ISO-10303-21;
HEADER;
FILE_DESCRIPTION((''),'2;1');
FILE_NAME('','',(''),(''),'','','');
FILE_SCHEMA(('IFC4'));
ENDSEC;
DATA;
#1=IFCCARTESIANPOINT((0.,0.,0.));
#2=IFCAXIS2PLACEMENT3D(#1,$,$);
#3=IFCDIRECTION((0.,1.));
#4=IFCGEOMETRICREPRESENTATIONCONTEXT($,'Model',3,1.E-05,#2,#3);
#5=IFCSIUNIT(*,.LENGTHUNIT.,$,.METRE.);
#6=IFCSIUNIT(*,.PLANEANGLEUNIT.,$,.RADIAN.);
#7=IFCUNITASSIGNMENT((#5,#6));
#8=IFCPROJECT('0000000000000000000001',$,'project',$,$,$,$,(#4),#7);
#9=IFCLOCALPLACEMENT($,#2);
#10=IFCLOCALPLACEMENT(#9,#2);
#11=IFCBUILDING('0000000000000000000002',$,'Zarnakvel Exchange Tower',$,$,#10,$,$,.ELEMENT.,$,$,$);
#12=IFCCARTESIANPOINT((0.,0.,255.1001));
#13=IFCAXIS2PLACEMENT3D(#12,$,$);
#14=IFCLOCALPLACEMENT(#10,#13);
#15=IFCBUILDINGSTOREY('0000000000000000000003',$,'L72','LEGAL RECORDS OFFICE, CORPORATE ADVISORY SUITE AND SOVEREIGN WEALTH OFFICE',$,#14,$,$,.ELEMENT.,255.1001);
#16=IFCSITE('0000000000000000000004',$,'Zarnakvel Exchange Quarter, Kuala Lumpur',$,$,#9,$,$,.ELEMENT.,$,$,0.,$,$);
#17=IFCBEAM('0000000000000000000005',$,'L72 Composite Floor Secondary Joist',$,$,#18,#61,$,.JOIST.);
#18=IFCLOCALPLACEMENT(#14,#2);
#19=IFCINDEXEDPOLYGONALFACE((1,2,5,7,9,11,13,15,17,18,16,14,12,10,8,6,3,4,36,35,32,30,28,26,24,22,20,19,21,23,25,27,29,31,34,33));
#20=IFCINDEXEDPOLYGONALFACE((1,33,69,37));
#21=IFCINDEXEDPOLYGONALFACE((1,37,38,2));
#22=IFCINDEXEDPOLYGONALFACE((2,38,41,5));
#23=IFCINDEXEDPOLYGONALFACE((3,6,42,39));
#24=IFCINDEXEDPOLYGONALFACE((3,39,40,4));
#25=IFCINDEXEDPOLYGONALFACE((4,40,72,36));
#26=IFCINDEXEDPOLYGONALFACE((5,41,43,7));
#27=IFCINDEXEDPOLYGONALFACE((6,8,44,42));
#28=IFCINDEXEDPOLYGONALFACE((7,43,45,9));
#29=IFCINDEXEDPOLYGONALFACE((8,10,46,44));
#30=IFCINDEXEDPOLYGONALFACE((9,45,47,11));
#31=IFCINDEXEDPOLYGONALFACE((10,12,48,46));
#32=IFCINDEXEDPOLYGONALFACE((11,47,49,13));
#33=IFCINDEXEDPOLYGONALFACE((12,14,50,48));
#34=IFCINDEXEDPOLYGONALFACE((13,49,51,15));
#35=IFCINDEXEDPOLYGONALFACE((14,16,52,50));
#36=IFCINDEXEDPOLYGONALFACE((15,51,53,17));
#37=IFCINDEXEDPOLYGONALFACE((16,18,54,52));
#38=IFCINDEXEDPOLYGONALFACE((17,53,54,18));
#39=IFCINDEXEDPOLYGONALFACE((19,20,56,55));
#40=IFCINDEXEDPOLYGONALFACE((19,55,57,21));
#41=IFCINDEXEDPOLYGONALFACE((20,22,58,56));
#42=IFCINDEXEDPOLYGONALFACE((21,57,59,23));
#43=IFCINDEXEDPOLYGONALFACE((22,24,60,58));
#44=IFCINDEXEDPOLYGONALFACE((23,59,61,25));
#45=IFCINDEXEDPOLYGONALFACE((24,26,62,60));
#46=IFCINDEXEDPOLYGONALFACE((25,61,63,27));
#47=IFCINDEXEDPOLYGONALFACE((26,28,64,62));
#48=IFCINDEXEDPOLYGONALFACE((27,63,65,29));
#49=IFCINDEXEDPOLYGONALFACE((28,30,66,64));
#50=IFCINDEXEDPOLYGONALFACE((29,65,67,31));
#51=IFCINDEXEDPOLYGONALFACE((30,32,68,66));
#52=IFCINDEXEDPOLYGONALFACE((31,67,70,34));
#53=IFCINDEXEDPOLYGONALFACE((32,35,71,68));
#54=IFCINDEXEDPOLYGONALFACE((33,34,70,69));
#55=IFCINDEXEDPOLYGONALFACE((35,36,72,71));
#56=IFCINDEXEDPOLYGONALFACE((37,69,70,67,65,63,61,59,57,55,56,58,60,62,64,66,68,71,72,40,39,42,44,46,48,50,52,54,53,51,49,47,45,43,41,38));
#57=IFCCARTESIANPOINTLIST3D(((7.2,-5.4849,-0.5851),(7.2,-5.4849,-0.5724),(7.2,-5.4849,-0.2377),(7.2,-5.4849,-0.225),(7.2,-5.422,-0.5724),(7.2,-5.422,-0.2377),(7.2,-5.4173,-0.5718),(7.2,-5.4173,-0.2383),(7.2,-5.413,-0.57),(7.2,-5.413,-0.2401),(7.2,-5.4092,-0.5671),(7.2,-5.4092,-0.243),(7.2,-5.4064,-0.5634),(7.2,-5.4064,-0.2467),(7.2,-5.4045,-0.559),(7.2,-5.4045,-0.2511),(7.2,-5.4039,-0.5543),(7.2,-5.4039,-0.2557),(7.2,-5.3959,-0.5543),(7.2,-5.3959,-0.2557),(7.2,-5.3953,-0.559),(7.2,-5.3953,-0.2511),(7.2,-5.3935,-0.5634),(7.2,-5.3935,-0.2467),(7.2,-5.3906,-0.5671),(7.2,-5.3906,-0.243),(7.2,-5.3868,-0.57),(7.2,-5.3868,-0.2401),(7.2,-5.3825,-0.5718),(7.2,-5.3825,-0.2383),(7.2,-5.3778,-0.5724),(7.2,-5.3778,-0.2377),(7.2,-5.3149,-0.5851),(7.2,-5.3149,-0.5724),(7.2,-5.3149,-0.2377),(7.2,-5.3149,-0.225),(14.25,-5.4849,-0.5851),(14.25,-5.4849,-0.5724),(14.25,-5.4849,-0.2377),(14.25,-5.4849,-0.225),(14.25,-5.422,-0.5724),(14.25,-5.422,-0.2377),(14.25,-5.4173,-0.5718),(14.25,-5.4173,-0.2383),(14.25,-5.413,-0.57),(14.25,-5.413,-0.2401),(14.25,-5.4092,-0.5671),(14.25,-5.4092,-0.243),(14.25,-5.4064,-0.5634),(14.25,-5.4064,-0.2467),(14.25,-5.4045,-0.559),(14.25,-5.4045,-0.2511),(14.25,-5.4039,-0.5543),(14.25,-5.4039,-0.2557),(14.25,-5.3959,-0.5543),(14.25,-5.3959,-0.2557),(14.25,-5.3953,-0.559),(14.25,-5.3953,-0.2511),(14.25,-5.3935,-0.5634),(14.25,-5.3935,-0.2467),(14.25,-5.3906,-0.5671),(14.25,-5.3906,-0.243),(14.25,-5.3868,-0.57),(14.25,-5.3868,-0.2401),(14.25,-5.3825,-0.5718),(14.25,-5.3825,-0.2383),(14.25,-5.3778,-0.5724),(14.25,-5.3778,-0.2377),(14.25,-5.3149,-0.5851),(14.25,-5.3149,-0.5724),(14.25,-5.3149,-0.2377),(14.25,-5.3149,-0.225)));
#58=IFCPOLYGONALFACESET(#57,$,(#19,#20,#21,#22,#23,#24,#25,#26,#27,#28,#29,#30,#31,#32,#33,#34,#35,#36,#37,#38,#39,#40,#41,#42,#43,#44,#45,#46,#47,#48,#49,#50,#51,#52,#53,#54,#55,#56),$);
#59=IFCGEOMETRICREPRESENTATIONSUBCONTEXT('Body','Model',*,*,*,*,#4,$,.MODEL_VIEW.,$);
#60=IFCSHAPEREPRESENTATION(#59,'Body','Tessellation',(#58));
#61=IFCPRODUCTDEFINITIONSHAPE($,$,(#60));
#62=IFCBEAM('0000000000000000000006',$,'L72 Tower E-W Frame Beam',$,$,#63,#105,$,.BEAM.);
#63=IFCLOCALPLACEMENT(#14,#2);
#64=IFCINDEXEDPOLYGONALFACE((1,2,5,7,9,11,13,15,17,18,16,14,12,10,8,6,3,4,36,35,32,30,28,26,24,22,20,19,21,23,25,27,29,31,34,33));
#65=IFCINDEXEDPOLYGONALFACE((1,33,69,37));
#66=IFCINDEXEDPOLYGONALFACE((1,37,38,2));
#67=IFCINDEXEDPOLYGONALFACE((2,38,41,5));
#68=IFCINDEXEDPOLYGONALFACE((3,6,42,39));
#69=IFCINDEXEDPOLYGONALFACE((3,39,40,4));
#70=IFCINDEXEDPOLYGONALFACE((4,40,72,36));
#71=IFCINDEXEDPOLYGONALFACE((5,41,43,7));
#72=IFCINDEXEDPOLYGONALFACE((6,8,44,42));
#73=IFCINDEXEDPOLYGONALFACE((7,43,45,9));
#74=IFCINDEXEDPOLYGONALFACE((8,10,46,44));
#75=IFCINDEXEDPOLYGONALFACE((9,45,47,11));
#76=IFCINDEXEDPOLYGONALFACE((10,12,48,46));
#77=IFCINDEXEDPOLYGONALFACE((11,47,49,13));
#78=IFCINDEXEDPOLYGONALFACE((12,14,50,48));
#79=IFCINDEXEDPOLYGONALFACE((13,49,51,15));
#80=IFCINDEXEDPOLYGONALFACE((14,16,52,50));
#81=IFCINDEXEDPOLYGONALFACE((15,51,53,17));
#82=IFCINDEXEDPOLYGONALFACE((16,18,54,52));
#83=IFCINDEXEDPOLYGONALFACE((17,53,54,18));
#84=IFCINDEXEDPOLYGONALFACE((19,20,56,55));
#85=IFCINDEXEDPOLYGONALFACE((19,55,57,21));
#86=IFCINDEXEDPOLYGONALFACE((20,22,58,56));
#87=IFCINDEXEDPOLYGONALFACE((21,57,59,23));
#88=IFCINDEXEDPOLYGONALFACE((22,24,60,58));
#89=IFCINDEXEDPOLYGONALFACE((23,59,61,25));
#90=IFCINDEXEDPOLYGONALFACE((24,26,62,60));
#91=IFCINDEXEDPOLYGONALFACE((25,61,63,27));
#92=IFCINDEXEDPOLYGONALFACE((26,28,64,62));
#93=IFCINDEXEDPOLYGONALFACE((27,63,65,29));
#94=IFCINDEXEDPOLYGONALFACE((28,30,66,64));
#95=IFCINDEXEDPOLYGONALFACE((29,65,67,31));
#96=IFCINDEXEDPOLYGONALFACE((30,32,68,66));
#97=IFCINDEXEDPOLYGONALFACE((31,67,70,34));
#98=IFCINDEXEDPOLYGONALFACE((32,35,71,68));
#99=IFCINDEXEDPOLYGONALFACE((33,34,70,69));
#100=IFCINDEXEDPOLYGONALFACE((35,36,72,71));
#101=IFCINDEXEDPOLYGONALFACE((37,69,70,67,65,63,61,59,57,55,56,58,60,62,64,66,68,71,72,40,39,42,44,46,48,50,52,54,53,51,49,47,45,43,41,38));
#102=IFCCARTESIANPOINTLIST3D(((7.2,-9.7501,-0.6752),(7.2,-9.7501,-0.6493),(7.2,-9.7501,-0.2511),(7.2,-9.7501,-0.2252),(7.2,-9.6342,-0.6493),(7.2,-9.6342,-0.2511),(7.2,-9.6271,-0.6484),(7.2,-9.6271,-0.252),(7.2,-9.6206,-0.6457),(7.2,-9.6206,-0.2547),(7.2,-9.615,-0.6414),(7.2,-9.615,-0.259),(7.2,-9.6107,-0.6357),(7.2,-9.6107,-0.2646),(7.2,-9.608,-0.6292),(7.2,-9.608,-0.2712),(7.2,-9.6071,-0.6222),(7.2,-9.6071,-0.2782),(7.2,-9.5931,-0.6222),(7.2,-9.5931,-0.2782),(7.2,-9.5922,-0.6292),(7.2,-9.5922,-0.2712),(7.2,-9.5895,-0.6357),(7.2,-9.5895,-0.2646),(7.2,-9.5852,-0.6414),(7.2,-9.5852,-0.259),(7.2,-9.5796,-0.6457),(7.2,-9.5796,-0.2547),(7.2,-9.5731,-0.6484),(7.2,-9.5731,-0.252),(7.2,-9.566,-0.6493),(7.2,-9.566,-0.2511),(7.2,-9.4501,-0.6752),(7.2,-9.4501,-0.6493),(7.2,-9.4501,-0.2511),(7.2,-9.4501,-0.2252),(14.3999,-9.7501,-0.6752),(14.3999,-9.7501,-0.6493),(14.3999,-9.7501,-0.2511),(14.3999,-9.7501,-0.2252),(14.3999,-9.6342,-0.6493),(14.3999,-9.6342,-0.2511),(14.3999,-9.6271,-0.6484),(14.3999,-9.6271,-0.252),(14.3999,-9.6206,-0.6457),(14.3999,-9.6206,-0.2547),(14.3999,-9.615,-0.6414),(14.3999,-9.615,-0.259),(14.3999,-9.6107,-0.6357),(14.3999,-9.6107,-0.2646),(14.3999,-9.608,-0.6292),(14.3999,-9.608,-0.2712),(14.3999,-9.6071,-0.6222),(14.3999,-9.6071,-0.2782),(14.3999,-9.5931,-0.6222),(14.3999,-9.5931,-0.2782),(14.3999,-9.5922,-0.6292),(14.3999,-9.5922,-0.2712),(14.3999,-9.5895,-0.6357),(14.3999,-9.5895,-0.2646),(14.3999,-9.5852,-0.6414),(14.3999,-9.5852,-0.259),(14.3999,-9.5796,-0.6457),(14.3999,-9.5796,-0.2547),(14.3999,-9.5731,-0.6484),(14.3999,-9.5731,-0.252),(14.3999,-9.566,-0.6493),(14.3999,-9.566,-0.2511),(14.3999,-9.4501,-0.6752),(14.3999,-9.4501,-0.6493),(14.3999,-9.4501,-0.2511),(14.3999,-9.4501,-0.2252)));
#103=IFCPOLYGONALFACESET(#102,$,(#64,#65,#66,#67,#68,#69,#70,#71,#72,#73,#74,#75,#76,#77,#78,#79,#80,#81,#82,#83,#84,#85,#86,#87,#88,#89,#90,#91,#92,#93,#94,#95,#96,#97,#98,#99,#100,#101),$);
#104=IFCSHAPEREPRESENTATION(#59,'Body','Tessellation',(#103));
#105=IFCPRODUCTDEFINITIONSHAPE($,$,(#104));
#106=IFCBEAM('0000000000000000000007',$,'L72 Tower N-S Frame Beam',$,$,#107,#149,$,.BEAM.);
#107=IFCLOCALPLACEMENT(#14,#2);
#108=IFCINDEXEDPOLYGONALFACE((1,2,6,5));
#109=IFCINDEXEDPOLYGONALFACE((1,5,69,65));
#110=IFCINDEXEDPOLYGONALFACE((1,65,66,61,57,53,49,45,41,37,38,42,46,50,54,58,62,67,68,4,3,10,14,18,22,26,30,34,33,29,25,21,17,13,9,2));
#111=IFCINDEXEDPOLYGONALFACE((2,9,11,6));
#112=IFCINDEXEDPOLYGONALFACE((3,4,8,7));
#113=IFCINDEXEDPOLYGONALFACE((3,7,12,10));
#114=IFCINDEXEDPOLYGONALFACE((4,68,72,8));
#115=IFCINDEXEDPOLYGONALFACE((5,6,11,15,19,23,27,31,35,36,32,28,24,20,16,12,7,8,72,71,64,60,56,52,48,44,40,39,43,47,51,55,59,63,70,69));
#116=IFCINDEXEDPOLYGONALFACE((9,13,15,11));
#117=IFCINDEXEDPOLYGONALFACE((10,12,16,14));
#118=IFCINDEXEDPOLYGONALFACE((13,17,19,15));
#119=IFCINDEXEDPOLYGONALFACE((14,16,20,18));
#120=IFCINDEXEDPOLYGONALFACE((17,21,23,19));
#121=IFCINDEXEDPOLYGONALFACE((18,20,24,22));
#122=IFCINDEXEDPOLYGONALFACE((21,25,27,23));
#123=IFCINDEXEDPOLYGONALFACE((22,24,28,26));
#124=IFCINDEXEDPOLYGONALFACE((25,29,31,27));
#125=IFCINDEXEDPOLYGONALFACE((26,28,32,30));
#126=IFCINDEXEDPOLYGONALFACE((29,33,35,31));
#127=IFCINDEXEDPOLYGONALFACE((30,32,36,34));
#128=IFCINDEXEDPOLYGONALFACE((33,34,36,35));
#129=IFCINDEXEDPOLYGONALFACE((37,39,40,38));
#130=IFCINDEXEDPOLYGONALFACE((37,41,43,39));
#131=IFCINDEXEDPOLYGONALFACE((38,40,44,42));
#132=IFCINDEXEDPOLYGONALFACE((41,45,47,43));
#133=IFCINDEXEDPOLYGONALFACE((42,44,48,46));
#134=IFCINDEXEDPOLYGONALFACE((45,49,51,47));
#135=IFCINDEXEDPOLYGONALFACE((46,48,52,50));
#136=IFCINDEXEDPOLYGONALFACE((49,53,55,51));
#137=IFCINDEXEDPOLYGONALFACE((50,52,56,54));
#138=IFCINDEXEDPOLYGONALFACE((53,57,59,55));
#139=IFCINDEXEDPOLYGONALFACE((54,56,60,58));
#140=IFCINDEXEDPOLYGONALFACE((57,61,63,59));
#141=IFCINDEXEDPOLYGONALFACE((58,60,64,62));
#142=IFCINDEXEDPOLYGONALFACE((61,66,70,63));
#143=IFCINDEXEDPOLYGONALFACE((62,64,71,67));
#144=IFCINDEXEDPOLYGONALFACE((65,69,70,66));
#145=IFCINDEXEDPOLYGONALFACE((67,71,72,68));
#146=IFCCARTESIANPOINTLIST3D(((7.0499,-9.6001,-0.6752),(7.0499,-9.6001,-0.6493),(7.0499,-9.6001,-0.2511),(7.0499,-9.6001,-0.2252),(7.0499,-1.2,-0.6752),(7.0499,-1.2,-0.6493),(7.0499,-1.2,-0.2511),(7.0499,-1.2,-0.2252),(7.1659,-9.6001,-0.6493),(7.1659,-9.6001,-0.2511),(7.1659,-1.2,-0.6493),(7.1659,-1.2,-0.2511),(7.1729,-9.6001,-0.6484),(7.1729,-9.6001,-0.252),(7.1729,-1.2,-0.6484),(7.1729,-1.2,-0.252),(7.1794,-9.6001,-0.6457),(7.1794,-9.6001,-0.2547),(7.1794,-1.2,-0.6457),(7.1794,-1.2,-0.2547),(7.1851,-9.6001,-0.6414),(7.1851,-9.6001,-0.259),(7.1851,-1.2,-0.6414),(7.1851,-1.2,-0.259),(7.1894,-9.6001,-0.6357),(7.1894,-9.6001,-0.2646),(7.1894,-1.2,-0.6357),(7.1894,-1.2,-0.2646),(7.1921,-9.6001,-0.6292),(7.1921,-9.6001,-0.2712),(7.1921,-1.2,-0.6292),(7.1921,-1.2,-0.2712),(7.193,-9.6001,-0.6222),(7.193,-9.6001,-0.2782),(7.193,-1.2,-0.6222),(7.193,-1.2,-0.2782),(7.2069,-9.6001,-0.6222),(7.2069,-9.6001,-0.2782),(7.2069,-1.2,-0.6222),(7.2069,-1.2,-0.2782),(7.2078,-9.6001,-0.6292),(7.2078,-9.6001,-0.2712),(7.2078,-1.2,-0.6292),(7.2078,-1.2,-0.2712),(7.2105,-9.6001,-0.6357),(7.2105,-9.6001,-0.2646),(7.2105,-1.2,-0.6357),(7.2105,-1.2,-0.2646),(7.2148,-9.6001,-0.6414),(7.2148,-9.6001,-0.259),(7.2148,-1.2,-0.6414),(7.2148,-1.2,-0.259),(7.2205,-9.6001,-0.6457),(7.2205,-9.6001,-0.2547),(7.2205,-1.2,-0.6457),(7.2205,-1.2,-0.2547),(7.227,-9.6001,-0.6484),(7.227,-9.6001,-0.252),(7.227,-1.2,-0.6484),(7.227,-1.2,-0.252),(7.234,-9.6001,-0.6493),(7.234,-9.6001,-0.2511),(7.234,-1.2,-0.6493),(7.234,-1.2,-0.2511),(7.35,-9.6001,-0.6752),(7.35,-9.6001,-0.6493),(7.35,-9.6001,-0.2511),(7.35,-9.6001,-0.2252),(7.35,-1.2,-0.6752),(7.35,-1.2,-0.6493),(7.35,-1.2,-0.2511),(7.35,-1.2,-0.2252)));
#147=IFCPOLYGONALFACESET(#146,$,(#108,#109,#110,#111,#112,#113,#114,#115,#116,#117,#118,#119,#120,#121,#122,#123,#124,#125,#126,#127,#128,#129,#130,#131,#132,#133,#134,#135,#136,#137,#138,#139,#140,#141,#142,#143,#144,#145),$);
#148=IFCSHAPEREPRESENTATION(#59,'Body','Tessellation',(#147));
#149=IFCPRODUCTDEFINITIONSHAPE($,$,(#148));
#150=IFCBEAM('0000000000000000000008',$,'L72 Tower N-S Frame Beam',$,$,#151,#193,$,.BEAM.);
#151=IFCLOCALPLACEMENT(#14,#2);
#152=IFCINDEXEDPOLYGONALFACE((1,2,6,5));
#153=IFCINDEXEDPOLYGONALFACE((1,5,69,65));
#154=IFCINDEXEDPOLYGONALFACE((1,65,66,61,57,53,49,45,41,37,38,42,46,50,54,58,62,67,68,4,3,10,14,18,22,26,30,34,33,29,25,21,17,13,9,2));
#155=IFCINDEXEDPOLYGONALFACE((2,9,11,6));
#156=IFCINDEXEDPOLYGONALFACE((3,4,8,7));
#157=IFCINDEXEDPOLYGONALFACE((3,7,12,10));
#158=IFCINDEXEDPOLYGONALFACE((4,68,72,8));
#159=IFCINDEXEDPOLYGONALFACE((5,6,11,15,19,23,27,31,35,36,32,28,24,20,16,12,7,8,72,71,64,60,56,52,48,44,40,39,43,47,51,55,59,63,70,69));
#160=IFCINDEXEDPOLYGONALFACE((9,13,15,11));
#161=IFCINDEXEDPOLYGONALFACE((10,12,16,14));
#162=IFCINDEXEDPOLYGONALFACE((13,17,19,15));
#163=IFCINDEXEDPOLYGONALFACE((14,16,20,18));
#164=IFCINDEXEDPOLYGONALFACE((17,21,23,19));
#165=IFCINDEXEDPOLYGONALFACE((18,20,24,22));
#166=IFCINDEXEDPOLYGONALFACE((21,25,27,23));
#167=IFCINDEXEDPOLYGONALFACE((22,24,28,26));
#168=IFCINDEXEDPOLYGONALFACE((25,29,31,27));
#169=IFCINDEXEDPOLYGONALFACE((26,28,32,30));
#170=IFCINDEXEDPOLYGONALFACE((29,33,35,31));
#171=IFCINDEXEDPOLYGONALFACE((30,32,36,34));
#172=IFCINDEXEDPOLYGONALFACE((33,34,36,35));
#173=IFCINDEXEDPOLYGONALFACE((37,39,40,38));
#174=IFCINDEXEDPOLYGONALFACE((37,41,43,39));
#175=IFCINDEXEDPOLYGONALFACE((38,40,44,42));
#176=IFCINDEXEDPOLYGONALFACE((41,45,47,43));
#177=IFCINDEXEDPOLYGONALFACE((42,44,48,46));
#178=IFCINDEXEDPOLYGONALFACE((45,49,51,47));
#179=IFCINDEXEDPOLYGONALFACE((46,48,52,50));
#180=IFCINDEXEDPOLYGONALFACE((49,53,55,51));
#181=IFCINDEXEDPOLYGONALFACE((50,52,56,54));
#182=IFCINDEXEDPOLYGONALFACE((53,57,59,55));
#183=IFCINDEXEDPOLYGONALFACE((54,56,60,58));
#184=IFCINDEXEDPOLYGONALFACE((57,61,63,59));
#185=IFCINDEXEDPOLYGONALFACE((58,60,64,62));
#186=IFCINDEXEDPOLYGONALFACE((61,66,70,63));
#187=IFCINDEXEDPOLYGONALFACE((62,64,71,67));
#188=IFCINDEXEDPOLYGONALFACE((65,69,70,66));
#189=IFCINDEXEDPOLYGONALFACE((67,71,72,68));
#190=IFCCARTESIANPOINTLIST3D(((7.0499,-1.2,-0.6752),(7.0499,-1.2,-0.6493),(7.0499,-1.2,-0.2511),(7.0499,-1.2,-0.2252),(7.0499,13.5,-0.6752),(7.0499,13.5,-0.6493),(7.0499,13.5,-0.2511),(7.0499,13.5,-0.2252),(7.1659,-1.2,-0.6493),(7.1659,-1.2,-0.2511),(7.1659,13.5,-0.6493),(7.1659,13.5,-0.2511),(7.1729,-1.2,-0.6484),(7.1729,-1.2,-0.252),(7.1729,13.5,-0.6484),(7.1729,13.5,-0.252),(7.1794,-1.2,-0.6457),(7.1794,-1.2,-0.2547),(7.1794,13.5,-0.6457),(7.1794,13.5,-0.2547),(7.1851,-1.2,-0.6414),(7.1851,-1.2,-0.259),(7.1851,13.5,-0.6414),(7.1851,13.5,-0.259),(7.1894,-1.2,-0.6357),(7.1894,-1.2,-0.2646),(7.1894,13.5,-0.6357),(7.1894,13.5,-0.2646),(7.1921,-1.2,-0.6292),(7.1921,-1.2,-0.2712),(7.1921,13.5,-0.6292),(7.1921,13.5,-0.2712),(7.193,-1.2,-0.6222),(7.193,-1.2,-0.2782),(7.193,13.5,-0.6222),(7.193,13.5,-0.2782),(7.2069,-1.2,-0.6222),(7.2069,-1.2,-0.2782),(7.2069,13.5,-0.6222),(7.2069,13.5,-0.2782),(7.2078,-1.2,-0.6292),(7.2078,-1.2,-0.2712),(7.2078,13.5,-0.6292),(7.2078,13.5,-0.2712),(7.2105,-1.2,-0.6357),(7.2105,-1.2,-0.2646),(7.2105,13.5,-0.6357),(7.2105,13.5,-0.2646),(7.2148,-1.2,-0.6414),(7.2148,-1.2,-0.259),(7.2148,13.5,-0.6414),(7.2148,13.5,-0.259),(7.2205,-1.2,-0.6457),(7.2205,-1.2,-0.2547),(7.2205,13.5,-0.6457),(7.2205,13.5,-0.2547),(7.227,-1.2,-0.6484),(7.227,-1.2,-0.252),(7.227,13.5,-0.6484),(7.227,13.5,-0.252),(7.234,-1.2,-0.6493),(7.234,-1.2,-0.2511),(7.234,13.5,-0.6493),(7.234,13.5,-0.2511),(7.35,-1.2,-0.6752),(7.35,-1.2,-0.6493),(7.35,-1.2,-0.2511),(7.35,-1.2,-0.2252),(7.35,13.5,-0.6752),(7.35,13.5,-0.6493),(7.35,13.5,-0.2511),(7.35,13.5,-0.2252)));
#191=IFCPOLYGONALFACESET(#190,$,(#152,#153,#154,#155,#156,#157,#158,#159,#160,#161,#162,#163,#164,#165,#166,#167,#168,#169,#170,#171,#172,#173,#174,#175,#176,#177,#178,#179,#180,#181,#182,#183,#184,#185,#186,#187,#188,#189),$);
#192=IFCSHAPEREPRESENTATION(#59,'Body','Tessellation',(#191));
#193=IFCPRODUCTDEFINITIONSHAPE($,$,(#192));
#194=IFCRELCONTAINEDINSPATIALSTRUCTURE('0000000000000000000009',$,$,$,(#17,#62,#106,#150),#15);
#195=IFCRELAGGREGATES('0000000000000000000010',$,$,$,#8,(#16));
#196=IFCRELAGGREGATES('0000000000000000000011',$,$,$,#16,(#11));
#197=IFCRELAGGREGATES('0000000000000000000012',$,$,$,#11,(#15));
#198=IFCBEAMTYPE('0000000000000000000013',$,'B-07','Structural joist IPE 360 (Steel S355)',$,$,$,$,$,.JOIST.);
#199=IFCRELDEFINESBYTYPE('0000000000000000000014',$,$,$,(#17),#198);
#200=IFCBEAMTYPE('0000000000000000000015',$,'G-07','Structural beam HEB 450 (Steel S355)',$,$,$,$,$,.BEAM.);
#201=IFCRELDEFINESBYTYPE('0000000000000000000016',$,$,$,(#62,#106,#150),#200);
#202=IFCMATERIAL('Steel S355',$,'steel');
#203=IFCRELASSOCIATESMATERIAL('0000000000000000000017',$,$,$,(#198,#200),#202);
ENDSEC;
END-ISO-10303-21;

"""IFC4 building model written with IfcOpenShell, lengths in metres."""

from ifc_helpers import new_model, si_unit, direction, frame, origin, origin_2d, place, context, subcontext, project, spatial, i_section, extrude, material, material_profile, profile_set, type_object, element, save


model = new_model("IFC4")

# Units and contexts
model_context = context("Model", 3, precision=1e-05, world=origin(), true_north=direction((0.0, 1.0)))
body_context = subcontext(model_context, "Body", "Model", "MODEL_VIEW")
ifc_project = project(units=[si_unit("LENGTHUNIT", "METRE"), si_unit("PLANEANGLEUNIT", "RADIAN")], contexts=[model_context])

# Site, building, storey
site_placement = place(None, origin())
site = spatial("IfcSite", under=ifc_project, at=site_placement, Name="Zarnakvel Exchange Quarter, Kuala Lumpur", CompositionType="ELEMENT", RefElevation=0.0)
building_placement = place(site_placement, origin())
building = spatial("IfcBuilding", under=site, at=building_placement, Name="Zarnakvel Exchange Tower", CompositionType="ELEMENT")
storey_placement = place(building_placement, frame((0.0, 0.0, 255.1001)))
storey = spatial("IfcBuildingStorey", under=building, at=storey_placement, Name="L72", Description="LEGAL RECORDS OFFICE, CORPORATE ADVISORY SUITE AND SOVEREIGN WEALTH OFFICE", CompositionType="ELEMENT", Elevation=255.1001)

# Beams
ifc_material_1 = material(Name="Steel S355", Category="steel")
ifc_material_profile_1 = material_profile(ifc_material_1, i_section(OverallWidth=0.1699, OverallDepth=0.3601, WebThickness=0.0081, FlangeThickness=0.0127, FilletRadius=0.0181, at=origin_2d()))
ifc_profile_set_1 = profile_set([ifc_material_profile_1], Name="Steel S355")
beam_type_1 = type_object("IfcBeamType", Name="B-07", Description="Structural joist IPE 360 (Steel S355)", PredefinedType="JOIST", material=ifc_profile_set_1)
beam_1_placement = place(storey_placement, frame((7.2, -5.3999, -0.405), z_axis=(1.0, 0.0, 0.0), x_axis=(0.0, 1.0, 0.0)))
element("IfcBeam", 1, at=beam_1_placement, inside=storey, type_object=beam_type_1, Name="L72 Composite Floor Secondary Joist", PredefinedType="JOIST", context=body_context, shape_type="SweptSolid", body=[
    extrude(i_section(OverallWidth=0.1699, OverallDepth=0.3601, WebThickness=0.0081, FlangeThickness=0.0127, FilletRadius=0.0181, at=origin_2d()), origin(), (0.0, 0.0, 1.0), 7.05),
])
ifc_material_profile_2 = material_profile(ifc_material_1, i_section(OverallWidth=0.3, OverallDepth=0.45, WebThickness=0.0139, FlangeThickness=0.0259, FilletRadius=0.0271, at=origin_2d()))
ifc_profile_set_2 = profile_set([ifc_material_profile_2], Name="Steel S355")
beam_type_2 = type_object("IfcBeamType", Name="G-07", Description="Structural beam HEB 450 (Steel S355)", PredefinedType="BEAM", material=ifc_profile_set_2)
beam_2_placement = place(storey_placement, frame((7.2, -9.6001, -0.4502), z_axis=(1.0, 0.0, 0.0), x_axis=(0.0, 1.0, 0.0)))
element("IfcBeam", 2, at=beam_2_placement, inside=storey, type_object=beam_type_2, Name="L72 Tower E-W Frame Beam", PredefinedType="BEAM", context=body_context, shape_type="SweptSolid", body=[
    extrude(i_section(OverallWidth=0.3, OverallDepth=0.45, WebThickness=0.0139, FlangeThickness=0.0259, FilletRadius=0.0271, at=origin_2d()), origin(), (0.0, 0.0, 1.0), 7.2),
])
beam_3_placement = place(storey_placement, frame((7.2, -9.6001, -0.4502), z_axis=(0.0, 1.0, 0.0), x_axis=(-1.0, 0.0, 0.0)))
element("IfcBeam", 3, at=beam_3_placement, inside=storey, type_object=beam_type_2, Name="L72 Tower N-S Frame Beam", PredefinedType="BEAM", context=body_context, shape_type="SweptSolid", body=[
    extrude(i_section(OverallWidth=0.3, OverallDepth=0.45, WebThickness=0.0139, FlangeThickness=0.0259, FilletRadius=0.0271, at=origin_2d()), origin(), (0.0, 0.0, 1.0), 8.4001),
])
beam_4_placement = place(storey_placement, frame((7.2, -1.2, -0.4502), z_axis=(0.0, 1.0, 0.0), x_axis=(-1.0, 0.0, 0.0)))
element("IfcBeam", 4, at=beam_4_placement, inside=storey, type_object=beam_type_2, Name="L72 Tower N-S Frame Beam", PredefinedType="BEAM", context=body_context, shape_type="SweptSolid", body=[
    extrude(i_section(OverallWidth=0.3, OverallDepth=0.45, WebThickness=0.0139, FlangeThickness=0.0259, FilletRadius=0.0271, at=origin_2d()), origin(), (0.0, 0.0, 1.0), 14.7),
])

save(model, "model.ifc")
